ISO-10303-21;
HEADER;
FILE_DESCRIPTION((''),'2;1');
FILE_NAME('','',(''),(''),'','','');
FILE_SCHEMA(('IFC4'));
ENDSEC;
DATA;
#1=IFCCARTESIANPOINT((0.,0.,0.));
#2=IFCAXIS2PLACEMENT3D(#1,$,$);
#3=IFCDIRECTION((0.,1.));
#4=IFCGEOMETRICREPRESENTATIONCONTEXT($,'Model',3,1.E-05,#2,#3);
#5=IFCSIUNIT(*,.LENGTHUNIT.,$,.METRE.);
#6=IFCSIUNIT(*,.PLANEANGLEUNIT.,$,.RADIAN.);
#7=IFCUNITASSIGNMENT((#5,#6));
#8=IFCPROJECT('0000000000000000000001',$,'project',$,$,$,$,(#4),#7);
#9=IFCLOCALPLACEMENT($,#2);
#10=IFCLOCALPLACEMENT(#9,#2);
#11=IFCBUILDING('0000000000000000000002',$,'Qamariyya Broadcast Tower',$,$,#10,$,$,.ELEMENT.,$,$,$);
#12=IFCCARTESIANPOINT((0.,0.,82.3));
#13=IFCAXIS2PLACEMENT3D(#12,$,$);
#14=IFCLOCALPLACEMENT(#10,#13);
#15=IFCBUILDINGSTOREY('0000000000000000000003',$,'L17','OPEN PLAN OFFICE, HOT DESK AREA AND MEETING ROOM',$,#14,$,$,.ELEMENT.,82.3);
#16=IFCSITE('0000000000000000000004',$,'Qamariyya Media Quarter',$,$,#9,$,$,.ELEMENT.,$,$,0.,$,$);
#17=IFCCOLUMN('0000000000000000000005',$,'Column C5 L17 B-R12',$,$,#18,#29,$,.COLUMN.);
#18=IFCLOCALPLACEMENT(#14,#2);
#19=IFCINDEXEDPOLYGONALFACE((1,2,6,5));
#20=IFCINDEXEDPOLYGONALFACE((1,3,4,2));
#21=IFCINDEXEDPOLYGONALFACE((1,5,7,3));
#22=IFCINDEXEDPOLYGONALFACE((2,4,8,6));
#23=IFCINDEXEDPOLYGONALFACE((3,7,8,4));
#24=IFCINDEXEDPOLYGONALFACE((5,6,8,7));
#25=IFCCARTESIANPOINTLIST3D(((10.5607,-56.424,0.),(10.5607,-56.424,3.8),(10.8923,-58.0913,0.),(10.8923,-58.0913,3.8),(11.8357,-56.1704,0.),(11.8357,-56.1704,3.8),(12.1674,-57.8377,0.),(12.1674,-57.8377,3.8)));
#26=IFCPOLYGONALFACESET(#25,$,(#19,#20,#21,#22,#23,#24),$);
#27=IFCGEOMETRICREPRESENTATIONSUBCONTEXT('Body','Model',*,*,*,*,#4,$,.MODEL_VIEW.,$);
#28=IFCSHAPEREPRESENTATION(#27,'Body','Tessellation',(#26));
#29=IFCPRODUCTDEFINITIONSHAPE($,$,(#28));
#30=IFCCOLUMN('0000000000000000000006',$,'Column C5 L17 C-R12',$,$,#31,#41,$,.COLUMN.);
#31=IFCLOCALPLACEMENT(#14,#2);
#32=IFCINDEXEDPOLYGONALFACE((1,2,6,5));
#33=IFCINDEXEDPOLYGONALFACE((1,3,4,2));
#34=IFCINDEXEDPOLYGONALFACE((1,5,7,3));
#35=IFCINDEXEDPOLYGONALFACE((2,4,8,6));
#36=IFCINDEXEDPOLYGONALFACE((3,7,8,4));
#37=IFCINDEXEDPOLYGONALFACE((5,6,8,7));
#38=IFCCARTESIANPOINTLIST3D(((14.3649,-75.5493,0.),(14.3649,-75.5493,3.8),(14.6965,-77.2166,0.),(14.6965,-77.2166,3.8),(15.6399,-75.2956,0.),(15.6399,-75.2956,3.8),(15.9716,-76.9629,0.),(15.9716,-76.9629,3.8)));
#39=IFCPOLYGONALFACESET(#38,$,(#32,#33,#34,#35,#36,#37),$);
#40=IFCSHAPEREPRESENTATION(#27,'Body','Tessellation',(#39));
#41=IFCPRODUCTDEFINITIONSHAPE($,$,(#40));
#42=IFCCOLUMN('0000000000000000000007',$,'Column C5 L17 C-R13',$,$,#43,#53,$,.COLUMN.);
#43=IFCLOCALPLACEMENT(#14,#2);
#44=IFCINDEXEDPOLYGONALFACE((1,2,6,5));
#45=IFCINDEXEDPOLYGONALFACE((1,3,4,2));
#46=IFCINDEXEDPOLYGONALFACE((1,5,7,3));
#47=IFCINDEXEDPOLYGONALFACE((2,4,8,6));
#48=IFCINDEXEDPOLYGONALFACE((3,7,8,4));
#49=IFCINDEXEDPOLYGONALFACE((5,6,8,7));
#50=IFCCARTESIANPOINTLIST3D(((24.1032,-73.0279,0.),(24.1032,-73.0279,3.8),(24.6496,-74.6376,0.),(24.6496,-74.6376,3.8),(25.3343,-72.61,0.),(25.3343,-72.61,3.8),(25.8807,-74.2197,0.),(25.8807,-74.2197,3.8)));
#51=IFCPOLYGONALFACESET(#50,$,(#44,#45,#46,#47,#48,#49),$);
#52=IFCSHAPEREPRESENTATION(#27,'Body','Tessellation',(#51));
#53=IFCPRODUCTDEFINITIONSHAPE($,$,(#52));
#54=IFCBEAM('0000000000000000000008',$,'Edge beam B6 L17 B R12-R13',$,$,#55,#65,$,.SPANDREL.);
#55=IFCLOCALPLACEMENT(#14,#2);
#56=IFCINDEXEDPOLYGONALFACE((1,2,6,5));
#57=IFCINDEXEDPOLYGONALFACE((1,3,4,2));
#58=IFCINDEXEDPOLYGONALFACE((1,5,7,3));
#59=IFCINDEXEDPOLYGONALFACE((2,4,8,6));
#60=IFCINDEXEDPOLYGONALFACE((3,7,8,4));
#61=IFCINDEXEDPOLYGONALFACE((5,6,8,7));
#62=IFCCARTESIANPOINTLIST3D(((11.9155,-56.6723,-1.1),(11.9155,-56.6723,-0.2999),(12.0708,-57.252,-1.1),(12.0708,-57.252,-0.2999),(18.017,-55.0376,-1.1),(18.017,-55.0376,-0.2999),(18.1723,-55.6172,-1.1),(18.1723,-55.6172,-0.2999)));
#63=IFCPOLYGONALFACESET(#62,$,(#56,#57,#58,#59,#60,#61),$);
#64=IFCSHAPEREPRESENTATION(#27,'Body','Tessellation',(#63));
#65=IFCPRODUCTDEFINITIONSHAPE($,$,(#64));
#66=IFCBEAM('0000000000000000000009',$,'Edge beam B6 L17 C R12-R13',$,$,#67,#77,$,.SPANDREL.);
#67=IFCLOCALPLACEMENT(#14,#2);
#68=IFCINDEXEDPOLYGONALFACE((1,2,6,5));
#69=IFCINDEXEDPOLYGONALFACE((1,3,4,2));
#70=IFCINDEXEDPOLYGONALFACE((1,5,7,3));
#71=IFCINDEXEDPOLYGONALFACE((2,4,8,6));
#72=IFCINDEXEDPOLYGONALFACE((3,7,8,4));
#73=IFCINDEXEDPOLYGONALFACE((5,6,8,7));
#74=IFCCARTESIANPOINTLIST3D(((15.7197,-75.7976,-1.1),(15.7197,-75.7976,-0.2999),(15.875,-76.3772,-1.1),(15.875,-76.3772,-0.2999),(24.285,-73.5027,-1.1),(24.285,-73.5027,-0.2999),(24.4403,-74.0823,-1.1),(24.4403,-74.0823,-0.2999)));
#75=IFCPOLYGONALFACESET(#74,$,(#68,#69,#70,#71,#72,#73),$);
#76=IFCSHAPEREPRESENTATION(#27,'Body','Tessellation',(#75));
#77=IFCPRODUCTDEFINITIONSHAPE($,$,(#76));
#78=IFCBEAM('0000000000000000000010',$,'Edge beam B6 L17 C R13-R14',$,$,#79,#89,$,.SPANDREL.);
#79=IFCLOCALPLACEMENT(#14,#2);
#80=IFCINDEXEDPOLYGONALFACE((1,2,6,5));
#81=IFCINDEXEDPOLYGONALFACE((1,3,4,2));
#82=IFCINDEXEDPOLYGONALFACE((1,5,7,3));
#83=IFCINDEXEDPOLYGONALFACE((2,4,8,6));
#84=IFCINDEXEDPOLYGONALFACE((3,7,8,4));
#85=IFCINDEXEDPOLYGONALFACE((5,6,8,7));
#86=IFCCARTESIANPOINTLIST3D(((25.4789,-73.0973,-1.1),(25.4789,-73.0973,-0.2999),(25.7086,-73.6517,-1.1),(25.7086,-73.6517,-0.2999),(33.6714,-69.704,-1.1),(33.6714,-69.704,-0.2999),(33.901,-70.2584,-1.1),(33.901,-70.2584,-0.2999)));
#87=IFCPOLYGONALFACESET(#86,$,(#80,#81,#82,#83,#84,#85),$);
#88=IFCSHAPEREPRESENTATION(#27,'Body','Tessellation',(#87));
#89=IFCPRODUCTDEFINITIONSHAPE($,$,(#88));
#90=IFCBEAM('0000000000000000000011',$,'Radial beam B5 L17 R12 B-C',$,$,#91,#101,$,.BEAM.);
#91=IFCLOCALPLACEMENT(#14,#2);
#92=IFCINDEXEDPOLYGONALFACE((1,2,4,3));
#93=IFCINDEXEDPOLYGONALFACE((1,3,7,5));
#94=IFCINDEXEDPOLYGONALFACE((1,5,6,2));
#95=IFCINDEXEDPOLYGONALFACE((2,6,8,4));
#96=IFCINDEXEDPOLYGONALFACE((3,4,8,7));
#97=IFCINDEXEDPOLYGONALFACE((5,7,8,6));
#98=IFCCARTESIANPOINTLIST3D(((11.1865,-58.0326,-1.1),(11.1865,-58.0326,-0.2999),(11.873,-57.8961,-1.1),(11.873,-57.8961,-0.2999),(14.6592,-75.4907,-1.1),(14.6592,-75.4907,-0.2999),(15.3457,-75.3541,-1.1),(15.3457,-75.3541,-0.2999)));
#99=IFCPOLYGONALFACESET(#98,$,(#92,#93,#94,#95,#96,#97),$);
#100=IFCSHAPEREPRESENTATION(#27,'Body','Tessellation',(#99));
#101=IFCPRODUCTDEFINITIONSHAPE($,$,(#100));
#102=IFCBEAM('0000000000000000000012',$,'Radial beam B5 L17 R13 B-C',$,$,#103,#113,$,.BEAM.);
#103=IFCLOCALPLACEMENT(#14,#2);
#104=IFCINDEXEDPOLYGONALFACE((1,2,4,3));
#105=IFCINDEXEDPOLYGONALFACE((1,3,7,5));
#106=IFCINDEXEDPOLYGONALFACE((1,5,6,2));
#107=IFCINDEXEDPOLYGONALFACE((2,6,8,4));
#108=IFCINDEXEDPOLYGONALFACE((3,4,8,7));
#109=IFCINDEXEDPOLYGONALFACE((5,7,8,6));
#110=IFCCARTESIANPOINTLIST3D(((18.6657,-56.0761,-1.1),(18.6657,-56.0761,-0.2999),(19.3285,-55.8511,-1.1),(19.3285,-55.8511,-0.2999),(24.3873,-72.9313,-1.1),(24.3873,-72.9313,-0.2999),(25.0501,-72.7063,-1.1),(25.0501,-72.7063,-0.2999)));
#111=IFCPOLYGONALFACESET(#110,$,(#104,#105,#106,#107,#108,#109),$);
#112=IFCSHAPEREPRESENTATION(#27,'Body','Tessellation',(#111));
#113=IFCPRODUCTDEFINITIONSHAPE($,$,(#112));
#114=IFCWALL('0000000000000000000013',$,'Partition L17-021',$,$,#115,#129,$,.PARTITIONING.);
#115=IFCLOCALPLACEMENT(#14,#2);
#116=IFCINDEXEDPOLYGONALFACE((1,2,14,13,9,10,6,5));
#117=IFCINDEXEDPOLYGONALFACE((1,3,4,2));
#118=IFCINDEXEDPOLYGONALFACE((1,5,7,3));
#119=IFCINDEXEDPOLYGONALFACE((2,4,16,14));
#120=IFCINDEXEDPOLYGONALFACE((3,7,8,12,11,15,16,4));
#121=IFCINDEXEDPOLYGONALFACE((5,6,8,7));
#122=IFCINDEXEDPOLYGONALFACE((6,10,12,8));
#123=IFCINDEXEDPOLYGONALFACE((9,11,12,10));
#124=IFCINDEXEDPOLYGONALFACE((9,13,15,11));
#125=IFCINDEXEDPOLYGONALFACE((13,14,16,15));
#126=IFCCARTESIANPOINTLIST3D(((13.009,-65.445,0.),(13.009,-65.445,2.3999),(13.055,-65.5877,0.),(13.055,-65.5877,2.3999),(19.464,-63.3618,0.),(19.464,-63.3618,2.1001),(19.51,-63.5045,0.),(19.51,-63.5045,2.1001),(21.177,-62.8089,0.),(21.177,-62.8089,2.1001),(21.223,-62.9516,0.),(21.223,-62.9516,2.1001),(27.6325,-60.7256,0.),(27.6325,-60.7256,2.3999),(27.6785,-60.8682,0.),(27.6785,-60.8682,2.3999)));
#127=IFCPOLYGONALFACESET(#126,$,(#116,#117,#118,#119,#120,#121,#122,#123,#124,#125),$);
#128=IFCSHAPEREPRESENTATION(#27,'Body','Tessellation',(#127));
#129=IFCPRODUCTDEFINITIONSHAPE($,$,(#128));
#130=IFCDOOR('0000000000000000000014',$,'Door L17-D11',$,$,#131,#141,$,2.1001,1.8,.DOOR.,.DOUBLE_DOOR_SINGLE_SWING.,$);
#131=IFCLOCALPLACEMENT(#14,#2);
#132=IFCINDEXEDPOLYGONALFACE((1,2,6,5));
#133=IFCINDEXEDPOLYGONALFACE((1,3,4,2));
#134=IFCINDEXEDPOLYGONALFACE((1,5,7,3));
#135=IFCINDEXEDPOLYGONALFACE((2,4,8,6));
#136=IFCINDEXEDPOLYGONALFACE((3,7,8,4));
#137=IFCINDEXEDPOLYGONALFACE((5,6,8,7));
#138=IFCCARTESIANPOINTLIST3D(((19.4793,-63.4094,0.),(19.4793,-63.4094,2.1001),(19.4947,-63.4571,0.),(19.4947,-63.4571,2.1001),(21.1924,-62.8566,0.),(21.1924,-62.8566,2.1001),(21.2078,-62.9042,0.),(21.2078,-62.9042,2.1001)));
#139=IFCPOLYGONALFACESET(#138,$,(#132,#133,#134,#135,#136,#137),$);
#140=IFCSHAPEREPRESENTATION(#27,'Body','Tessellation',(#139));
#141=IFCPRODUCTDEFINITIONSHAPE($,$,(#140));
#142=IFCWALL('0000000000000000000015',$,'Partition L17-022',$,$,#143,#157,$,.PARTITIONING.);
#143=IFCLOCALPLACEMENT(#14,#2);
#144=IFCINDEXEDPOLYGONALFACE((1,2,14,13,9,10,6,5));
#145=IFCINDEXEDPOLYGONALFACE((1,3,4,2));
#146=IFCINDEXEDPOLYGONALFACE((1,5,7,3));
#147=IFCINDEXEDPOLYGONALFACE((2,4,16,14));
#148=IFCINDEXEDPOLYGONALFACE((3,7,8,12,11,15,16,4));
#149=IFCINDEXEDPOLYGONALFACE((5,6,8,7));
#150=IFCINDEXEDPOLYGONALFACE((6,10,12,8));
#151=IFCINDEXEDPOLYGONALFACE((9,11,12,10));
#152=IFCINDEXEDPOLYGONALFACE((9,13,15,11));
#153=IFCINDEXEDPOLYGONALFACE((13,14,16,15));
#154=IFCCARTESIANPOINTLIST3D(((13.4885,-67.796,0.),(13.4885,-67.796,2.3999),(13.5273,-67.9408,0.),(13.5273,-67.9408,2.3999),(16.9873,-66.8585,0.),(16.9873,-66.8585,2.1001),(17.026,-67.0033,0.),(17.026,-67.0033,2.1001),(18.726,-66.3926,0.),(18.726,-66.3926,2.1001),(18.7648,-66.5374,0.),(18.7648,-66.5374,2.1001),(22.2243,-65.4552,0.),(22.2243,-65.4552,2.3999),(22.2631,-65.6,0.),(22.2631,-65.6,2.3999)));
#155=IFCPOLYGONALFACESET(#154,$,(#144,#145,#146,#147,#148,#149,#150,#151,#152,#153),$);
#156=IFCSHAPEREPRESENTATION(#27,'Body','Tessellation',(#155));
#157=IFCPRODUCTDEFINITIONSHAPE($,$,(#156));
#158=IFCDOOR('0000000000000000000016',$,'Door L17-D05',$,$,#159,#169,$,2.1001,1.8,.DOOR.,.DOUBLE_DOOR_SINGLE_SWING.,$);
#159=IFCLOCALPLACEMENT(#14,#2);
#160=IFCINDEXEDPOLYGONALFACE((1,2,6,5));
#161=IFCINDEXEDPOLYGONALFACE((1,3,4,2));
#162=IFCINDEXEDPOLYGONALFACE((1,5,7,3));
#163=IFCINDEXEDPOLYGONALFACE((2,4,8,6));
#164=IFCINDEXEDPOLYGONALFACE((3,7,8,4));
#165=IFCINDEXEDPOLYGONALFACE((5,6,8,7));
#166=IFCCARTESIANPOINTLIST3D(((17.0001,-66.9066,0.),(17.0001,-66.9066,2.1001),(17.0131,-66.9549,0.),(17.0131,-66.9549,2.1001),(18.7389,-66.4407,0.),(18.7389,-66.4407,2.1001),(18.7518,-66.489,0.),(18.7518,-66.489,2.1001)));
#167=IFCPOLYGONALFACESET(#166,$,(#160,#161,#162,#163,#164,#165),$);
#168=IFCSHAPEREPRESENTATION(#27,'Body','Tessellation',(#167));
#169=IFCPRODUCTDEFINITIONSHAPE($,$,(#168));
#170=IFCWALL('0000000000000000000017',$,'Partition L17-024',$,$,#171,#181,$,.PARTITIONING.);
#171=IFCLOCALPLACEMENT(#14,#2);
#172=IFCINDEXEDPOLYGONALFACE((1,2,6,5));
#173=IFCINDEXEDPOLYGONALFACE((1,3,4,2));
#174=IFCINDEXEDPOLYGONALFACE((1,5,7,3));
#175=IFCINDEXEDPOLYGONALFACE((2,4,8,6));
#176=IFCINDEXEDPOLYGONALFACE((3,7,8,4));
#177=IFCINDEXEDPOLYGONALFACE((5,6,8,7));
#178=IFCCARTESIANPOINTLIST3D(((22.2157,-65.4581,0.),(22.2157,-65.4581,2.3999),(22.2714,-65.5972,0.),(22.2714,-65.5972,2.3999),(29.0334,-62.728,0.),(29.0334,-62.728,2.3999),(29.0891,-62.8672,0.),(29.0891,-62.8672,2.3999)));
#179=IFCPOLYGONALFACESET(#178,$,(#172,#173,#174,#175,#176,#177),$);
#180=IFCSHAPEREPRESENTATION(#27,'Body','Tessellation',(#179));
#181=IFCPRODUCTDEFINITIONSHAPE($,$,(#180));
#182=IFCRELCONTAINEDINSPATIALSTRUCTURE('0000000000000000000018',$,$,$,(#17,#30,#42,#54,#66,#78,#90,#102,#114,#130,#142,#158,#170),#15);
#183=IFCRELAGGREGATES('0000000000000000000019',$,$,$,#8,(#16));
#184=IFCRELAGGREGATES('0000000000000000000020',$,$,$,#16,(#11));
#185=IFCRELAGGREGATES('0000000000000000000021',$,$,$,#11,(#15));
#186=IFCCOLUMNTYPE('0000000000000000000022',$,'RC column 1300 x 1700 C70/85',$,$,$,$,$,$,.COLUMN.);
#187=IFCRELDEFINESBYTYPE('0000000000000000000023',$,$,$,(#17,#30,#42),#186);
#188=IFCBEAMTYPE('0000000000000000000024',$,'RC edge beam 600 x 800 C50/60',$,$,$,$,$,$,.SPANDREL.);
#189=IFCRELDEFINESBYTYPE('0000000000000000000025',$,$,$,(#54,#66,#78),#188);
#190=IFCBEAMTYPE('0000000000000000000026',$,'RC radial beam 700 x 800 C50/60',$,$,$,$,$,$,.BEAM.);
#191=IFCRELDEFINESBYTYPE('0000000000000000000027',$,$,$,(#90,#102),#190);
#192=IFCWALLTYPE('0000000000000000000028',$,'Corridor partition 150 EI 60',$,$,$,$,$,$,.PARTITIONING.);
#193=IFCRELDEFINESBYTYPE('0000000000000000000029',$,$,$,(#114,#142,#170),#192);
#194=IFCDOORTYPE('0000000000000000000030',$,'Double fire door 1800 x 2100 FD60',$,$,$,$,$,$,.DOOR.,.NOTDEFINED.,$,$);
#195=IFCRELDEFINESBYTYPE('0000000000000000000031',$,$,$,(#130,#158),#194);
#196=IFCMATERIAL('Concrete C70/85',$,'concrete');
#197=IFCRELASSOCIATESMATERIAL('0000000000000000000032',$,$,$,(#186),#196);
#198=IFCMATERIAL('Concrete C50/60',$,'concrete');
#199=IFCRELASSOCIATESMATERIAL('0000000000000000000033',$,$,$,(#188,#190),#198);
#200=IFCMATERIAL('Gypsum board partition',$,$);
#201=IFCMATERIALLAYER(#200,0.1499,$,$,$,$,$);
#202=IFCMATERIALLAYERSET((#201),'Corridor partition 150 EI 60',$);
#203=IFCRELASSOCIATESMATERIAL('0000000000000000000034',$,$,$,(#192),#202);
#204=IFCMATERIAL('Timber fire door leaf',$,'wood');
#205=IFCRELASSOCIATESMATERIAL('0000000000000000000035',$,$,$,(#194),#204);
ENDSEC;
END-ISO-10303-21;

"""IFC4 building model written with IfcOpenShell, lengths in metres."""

from ifc_helpers import new_model, si_unit, direction, frame, frame_2d, origin, origin_2d, place, context, subcontext, project, spatial, rectangle, extrude, material, layer, layer_set, material_profile, profile_set, type_object, element, fill, save


model = new_model("IFC4")

# Units and contexts
model_context = context("Model", 3, precision=1e-05, world=origin(), true_north=direction((0.0, 1.0)))
body_context = subcontext(model_context, "Body", "Model", "MODEL_VIEW")
ifc_project = project(units=[si_unit("LENGTHUNIT", "METRE"), si_unit("PLANEANGLEUNIT", "RADIAN")], contexts=[model_context])

# Site, building, storey
site_placement = place(None, origin())
site = spatial("IfcSite", under=ifc_project, at=site_placement, Name="Qamariyya Media Quarter", CompositionType="ELEMENT", RefElevation=0.0)
building_placement = place(site_placement, origin())
building = spatial("IfcBuilding", under=site, at=building_placement, Name="Qamariyya Broadcast Tower", CompositionType="ELEMENT")
storey_placement = place(building_placement, frame((0.0, 0.0, 82.3)))
storey = spatial("IfcBuildingStorey", under=building, at=storey_placement, Name="L17", Description="OPEN PLAN OFFICE, HOT DESK AREA AND MEETING ROOM", CompositionType="ELEMENT", Elevation=82.3)

# Columns
ifc_material_1 = material(Name="Concrete C70/85", Category="concrete")
ifc_material_profile_1 = material_profile(ifc_material_1, rectangle(XDim=1.3, YDim=1.7, at=origin_2d()))
ifc_profile_set_1 = profile_set([ifc_material_profile_1], Name="Concrete C70/85")
column_type = type_object("IfcColumnType", Name="RC column 1300 x 1700 C70/85", PredefinedType="COLUMN", material=ifc_profile_set_1)
for number, where, z_axis, x_axis, name in (
    (1, (11.364, -57.1309, 0.0), (0.0, 0.0, 1.0), (0.980785, 0.19509, 0.0), "Column C5 L17 B-R12"),
    (2, (15.1682, -76.2561, 0.0), (0.0, 0.0, 1.0), (0.980785, 0.19509, 0.0), "Column C5 L17 C-R12"),
    (3, (24.9919, -73.6238, 0.0), (0.0, 0.0, 1.0), (0.94693, 0.321439, 0.0), "Column C5 L17 C-R13"),
):
    element("IfcColumn", number, at=place(storey_placement, frame(where, z_axis=z_axis, x_axis=x_axis)), inside=storey, type_object=column_type, Name=name, PredefinedType="COLUMN", context=body_context, shape_type="SweptSolid", body=[
        extrude(rectangle(XDim=1.3, YDim=1.7, at=origin_2d()), origin(), (0.0, 0.0, 1.0), 3.8),
    ])

# Beams
ifc_material_2 = material(Name="Concrete C50/60", Category="concrete")
ifc_material_profile_2 = material_profile(ifc_material_2, rectangle(XDim=0.6001, YDim=0.8, at=origin_2d()))
ifc_profile_set_2 = profile_set([ifc_material_profile_2], Name="Concrete C50/60")
beam_type_1 = type_object("IfcBeamType", Name="RC edge beam 600 x 800 C50/60", PredefinedType="SPANDREL", material=ifc_profile_set_2)
beam_1_placement = place(storey_placement, frame((11.9932, -56.9622, -0.7), z_axis=(0.965931, 0.258798, 0.0), x_axis=(-0.258798, 0.965931, 0.0)))
element("IfcBeam", 4, at=beam_1_placement, inside=storey, type_object=beam_type_1, Name="Edge beam B6 L17 B R12-R13", PredefinedType="SPANDREL", context=body_context, shape_type="SweptSolid", body=[
    extrude(rectangle(XDim=0.6001, YDim=0.8, at=origin_2d()), origin(), (0.0, 0.0, 1.0), 6.3167),
])
for number, where, z_axis, x_axis, name in (
    (5, (15.7974, -76.0874, -0.7), (0.965931, 0.2588, 0.0), (-0.2588, 0.965931, 0.0), "Edge beam B6 L17 C R12-R13"),
    (6, (25.5938, -73.3745, -0.7), (0.923883, 0.382675, 0.0), (-0.382675, 0.923883, 0.0), "Edge beam B6 L17 C R13-R14"),
):
    element("IfcBeam", number, at=place(storey_placement, frame(where, z_axis=z_axis, x_axis=x_axis)), inside=storey, type_object=beam_type_1, Name=name, PredefinedType="SPANDREL", context=body_context, shape_type="SweptSolid", body=[
        extrude(rectangle(XDim=0.6001, YDim=0.8, at=origin_2d()), origin(), (0.0, 0.0, 1.0), 8.8674),
    ])
ifc_material_profile_3 = material_profile(ifc_material_2, rectangle(XDim=0.7, YDim=0.8, at=origin_2d()))
ifc_profile_set_3 = profile_set([ifc_material_profile_3], Name="Concrete C50/60")
beam_type_2 = type_object("IfcBeamType", Name="RC radial beam 700 x 800 C50/60", PredefinedType="BEAM", material=ifc_profile_set_3)
beam_2_placement = place(storey_placement, frame((11.5298, -57.9644, -0.7), z_axis=(0.195093, -0.980785, 0.0), x_axis=(0.980785, 0.195093, 0.0)))
element("IfcBeam", 7, at=beam_2_placement, inside=storey, type_object=beam_type_2, Name="Radial beam B5 L17 R12 B-C", PredefinedType="BEAM", context=body_context, shape_type="SweptSolid", body=[
    extrude(rectangle(XDim=0.7, YDim=0.8, at=origin_2d()), origin(), (0.0, 0.0, 1.0), 17.8),
])
beam_3_placement = place(storey_placement, frame((18.9971, -55.9636, -0.7), z_axis=(0.321445, -0.946928, 0.0), x_axis=(0.946928, 0.321445, 0.0)))
element("IfcBeam", 8, at=beam_3_placement, inside=storey, type_object=beam_type_2, Name="Radial beam B5 L17 R13 B-C", PredefinedType="BEAM", context=body_context, shape_type="SweptSolid", body=[
    extrude(rectangle(XDim=0.7, YDim=0.8, at=origin_2d()), origin(), (0.0, 0.0, 1.0), 17.7998),
])

# Walls, openings, doors
ifc_material_3 = material(Name="Gypsum board partition")
ifc_layer_1 = layer(ifc_material_3, 0.1499)
ifc_layer_set_1 = layer_set([ifc_layer_1], Name="Corridor partition 150 EI 60")
wall_type_1 = type_object("IfcWallType", Name="Corridor partition 150 EI 60", PredefinedType="PARTITIONING", material=ifc_layer_set_1)
wall_1_placement = place(storey_placement, frame((13.032, -65.5164, 0.0), z_axis=(0.0, 0.0, 1.0), x_axis=(0.951667, 0.307133, 0.0)))
wall_1 = element("IfcWall", 9, at=wall_1_placement, inside=storey, type_object=wall_type_1, Name="Partition L17-021", PredefinedType="PARTITIONING", context=body_context, shape_type="SweptSolid", body=[
    extrude(rectangle(XDim=15.3662, YDim=0.1499, at=frame_2d((7.6831, 0.0))), origin(), (0.0, 0.0, 1.0), 2.3999),
])
opening_1_placement = place(wall_1_placement, frame((6.783, 0.0, 0.0)))
opening_1 = element("IfcOpeningElement", 10, at=opening_1_placement, cuts=wall_1, PredefinedType="OPENING", context=body_context, shape_type="SweptSolid", body=[
    extrude(rectangle(XDim=1.8, YDim=2.1001, at=frame_2d((0.8999, 1.05))), frame((0.0, 0.085, 0.0), z_axis=(0.0, -1.0, 0.0), x_axis=(1.0, 0.0, 0.0)), (0.0, 0.0, 1.0), 0.1699),
])
ifc_material_4 = material(Name="Timber fire door leaf", Category="wood")
door_type = type_object("IfcDoorType", Name="Double fire door 1800 x 2100 FD60", OperationType="NOTDEFINED", PredefinedType="DOOR", material=ifc_material_4)
door_1_placement = place(opening_1_placement, origin())
door_1 = element("IfcDoor", 11, at=door_1_placement, inside=storey, type_object=door_type, Name="Door L17-D11", OperationType="DOUBLE_DOOR_SINGLE_SWING", OverallHeight=2.1001, OverallWidth=1.8, PredefinedType="DOOR", context=body_context, shape_type="SweptSolid", body=[
    extrude(rectangle(XDim=1.8, YDim=2.1001, at=frame_2d((0.8999, 1.05))), frame((0.0, 0.0249, 0.0), z_axis=(0.0, -1.0, 0.0), x_axis=(1.0, 0.0, 0.0)), (0.0, 0.0, 1.0), 0.05),
])
fill(opening_1, door_1)
wall_2_placement = place(storey_placement, frame((22.2437, -65.5276, 0.0), z_axis=(0.0, 0.0, 1.0), x_axis=(-0.965924, -0.258825, 0.0)))
wall_2 = element("IfcWall", 12, at=wall_2_placement, inside=storey, type_object=wall_type_1, Name="Partition L17-022", PredefinedType="PARTITIONING", context=body_context, shape_type="SweptSolid", body=[
    extrude(rectangle(XDim=9.0439, YDim=0.1499, at=frame_2d((4.522, 0.0))), origin(), (0.0, 0.0, 1.0), 2.3999),
])
opening_2_placement = place(wall_2_placement, frame((3.6218, 0.0, 0.0)))
opening_2 = element("IfcOpeningElement", 13, at=opening_2_placement, cuts=wall_2, PredefinedType="OPENING", context=body_context, shape_type="SweptSolid", body=[
    extrude(rectangle(XDim=1.8, YDim=2.1001, at=frame_2d((0.8999, 1.05))), frame((0.0, 0.085, 0.0), z_axis=(0.0, -1.0, 0.0), x_axis=(1.0, 0.0, 0.0)), (0.0, 0.0, 1.0), 0.1699),
])
door_2_placement = place(opening_2_placement, origin())
door_2 = element("IfcDoor", 14, at=door_2_placement, inside=storey, type_object=door_type, Name="Door L17-D05", OperationType="DOUBLE_DOOR_SINGLE_SWING", OverallHeight=2.1001, OverallWidth=1.8, PredefinedType="DOOR", context=body_context, shape_type="SweptSolid", body=[
    extrude(rectangle(XDim=1.8, YDim=2.1001, at=frame_2d((0.8999, 1.05))), frame((0.0, 0.0249, 0.0), z_axis=(0.0, -1.0, 0.0), x_axis=(1.0, 0.0, 0.0)), (0.0, 0.0, 1.0), 0.05),
])
fill(opening_2, door_2)

# Wall
wall_3_placement = place(storey_placement, frame((22.2437, -65.5276, 0.0), z_axis=(0.0, 0.0, 1.0), x_axis=(0.928339, 0.371735, 0.0)))
element("IfcWall", 15, at=wall_3_placement, inside=storey, type_object=wall_type_1, Name="Partition L17-024", PredefinedType="PARTITIONING", context=body_context, shape_type="SweptSolid", body=[
    extrude(rectangle(XDim=7.344, YDim=0.1499, at=frame_2d((3.6719, 0.0))), origin(), (0.0, 0.0, 1.0), 2.3999),
])

save(model, "model.ifc")
